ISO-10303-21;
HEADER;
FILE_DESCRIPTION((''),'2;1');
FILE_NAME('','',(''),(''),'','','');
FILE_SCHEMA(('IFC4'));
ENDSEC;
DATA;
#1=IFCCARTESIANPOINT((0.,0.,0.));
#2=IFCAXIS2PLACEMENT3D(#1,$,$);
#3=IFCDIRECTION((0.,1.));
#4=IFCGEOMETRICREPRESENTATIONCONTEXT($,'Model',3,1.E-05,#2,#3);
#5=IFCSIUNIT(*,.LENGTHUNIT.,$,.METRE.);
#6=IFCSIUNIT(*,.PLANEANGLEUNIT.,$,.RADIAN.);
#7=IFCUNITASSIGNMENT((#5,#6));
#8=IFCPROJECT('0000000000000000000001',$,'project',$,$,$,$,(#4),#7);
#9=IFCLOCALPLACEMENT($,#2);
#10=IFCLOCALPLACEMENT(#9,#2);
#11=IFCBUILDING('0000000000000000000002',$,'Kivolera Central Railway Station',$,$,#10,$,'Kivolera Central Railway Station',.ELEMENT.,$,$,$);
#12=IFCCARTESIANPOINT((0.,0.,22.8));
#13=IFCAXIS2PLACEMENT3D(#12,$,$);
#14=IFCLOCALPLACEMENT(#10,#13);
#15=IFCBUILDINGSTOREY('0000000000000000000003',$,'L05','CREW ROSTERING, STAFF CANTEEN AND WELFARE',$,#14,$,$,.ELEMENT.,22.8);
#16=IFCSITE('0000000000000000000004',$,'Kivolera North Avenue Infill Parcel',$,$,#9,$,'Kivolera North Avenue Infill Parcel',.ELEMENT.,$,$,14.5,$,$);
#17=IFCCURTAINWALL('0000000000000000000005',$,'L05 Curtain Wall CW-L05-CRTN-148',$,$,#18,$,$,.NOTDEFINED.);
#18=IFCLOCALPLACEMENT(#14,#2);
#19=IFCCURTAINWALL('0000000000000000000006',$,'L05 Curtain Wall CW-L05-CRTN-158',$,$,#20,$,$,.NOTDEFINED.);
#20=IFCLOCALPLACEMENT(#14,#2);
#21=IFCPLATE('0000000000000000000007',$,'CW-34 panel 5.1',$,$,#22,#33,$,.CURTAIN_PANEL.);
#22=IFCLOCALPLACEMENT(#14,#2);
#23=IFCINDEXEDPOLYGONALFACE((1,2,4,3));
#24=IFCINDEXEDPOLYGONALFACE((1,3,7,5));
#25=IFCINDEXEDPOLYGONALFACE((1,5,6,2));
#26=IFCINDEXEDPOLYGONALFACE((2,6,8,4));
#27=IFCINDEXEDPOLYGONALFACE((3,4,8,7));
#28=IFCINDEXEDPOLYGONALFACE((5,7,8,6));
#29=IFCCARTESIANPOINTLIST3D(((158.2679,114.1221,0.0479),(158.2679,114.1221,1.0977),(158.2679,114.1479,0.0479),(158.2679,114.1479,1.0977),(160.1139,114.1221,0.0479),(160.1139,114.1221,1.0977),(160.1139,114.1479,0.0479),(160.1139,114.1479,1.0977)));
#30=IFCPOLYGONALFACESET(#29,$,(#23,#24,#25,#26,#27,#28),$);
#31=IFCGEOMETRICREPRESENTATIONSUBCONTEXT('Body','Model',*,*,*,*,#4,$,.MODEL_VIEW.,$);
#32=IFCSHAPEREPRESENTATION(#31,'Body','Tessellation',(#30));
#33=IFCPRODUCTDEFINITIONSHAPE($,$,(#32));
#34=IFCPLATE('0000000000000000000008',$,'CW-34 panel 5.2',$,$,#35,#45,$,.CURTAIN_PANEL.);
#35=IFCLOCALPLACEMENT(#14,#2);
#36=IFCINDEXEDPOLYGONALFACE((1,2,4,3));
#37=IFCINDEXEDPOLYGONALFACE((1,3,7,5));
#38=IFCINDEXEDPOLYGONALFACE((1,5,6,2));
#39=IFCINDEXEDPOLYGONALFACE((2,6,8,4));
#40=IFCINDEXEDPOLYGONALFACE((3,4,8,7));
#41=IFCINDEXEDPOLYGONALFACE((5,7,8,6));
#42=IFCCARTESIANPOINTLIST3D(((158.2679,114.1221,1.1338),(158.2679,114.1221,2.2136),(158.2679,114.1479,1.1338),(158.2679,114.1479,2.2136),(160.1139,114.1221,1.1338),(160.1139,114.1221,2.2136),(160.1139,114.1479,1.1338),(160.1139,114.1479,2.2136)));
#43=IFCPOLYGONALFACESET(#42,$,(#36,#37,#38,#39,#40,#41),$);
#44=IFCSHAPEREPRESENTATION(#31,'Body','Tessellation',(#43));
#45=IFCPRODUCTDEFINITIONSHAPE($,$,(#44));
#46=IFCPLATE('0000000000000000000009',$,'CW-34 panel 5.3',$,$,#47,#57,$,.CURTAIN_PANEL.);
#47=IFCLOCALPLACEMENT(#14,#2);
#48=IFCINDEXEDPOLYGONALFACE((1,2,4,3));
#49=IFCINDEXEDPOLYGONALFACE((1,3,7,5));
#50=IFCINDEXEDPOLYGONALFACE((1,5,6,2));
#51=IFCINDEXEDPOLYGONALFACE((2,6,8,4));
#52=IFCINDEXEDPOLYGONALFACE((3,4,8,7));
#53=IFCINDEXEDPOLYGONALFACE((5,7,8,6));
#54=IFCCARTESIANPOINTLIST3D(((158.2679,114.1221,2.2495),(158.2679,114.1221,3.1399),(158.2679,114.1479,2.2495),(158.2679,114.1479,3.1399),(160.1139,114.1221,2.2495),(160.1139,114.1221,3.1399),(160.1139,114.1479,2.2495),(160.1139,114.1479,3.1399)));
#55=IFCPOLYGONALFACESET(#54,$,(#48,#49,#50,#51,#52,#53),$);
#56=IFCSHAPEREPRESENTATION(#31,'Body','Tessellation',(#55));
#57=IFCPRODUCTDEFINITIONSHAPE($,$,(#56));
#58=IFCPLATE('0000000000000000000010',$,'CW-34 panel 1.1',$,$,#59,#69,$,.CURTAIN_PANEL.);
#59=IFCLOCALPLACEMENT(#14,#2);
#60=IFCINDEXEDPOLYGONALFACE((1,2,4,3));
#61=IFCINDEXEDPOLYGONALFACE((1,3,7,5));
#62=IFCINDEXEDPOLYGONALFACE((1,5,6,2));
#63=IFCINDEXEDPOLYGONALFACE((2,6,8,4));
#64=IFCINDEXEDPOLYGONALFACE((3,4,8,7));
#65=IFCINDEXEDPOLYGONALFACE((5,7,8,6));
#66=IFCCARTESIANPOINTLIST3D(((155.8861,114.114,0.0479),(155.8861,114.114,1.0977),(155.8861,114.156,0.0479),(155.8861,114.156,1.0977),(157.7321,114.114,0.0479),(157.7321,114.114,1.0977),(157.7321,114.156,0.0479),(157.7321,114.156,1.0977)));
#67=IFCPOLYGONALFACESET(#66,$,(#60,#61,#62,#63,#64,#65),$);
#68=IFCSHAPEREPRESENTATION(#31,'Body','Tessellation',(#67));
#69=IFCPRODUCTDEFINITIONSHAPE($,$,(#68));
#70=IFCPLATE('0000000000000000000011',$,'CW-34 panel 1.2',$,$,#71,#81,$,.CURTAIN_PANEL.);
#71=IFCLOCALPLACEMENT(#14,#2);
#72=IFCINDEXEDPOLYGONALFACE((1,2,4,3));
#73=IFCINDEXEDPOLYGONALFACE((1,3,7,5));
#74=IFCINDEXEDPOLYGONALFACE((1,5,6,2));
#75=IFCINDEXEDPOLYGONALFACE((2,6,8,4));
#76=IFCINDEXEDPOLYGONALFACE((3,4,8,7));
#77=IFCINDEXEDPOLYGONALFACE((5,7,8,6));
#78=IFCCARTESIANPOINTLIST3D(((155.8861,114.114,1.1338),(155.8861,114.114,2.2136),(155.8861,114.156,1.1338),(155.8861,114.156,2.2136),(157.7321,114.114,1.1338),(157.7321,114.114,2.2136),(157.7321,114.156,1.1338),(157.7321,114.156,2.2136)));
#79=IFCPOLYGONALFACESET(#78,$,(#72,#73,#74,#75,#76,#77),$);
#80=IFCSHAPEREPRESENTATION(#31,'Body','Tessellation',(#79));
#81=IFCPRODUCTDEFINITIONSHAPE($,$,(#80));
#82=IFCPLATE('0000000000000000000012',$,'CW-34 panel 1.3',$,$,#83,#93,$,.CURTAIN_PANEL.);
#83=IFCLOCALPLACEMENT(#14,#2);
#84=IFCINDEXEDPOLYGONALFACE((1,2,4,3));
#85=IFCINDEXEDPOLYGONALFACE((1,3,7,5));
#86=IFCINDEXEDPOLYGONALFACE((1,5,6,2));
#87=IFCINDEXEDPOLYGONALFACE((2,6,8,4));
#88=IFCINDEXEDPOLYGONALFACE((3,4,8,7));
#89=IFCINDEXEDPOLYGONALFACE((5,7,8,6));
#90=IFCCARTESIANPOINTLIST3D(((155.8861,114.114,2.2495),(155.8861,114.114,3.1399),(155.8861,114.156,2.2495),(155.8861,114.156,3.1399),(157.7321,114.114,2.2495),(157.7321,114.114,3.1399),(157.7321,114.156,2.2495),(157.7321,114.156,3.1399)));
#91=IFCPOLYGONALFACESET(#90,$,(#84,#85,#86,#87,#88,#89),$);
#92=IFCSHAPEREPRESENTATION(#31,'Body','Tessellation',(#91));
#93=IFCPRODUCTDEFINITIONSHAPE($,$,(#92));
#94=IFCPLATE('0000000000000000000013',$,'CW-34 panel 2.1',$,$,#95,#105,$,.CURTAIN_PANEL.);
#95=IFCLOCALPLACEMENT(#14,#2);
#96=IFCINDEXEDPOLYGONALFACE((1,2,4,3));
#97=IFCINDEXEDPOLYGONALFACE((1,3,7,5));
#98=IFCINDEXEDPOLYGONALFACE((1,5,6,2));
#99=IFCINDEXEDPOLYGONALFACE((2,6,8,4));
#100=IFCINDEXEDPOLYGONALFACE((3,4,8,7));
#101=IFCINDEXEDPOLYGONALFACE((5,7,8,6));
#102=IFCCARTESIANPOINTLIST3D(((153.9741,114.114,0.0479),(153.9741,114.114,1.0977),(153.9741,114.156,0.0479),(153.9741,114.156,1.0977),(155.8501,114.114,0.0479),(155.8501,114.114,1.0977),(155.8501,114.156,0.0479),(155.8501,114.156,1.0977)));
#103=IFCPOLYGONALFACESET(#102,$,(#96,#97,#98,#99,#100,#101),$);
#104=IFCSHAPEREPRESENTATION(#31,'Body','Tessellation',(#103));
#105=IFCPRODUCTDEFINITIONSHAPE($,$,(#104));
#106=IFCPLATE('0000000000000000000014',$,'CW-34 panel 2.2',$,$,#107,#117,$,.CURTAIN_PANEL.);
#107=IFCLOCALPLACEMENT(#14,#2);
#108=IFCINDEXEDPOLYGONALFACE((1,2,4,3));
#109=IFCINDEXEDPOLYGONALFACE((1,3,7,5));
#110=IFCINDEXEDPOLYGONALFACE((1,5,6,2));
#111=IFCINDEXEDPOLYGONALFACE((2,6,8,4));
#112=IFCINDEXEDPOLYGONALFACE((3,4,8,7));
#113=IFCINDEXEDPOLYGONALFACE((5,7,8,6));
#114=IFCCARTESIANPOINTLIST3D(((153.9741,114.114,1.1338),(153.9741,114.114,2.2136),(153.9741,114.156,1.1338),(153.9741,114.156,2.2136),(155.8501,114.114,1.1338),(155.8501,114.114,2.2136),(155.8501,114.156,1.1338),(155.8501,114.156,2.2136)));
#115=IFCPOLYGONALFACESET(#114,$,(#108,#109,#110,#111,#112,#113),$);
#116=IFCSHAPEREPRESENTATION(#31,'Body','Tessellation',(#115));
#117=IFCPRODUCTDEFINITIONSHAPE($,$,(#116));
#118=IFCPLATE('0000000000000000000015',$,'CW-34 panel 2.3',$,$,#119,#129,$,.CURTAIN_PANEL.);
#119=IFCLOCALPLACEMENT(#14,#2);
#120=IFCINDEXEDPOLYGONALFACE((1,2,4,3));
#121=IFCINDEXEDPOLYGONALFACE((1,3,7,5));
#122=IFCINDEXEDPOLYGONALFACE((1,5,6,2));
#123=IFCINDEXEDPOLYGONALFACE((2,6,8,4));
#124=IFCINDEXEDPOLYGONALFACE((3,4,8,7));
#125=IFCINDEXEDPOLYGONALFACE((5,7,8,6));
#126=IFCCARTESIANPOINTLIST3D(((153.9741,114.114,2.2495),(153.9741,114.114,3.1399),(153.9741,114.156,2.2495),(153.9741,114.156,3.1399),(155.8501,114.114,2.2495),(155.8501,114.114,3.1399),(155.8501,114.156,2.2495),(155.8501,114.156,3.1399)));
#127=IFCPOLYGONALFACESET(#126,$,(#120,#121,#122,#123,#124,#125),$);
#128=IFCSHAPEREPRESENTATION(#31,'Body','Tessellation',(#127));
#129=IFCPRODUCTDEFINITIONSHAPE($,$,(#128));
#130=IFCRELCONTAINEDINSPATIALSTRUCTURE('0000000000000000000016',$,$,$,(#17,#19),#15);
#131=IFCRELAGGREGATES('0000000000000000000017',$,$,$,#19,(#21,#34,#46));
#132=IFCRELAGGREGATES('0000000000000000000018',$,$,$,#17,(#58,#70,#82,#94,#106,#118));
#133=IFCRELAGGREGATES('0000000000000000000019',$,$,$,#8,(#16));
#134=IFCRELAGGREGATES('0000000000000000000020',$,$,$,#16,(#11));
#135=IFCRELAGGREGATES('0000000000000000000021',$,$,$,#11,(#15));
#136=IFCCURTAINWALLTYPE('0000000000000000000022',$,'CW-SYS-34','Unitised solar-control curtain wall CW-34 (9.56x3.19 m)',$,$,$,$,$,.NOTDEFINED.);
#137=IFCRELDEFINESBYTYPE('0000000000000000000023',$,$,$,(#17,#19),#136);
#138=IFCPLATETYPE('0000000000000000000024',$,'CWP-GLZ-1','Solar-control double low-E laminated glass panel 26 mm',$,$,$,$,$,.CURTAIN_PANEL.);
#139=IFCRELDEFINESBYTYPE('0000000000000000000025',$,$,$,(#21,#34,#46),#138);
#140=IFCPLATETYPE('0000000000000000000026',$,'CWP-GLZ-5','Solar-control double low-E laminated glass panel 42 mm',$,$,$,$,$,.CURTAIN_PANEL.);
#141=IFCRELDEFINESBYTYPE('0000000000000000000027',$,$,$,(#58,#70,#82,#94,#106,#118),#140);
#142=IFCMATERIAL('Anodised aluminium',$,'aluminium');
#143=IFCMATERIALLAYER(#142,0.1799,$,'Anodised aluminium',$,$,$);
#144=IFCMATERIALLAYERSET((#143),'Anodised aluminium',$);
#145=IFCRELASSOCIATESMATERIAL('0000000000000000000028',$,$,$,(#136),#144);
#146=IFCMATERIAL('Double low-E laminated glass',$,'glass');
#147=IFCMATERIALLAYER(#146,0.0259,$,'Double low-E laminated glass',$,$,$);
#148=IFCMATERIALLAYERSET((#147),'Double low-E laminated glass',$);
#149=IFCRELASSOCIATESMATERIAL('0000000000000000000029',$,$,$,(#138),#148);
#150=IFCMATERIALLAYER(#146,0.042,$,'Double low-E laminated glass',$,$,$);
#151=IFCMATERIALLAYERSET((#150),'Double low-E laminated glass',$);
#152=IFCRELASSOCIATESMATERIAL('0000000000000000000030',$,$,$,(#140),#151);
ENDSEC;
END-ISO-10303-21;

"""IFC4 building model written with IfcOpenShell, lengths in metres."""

from ifc_helpers import new_model, si_unit, direction, frame, origin, origin_2d, place, context, subcontext, project, spatial, rectangle, extrude, material, layer, layer_set, type_object, element, aggregate, save


model = new_model("IFC4")

# Units and contexts
model_context = context("Model", 3, precision=1e-05, world=origin(), true_north=direction((0.0, 1.0)))
body_context = subcontext(model_context, "Body", "Model", "MODEL_VIEW")
ifc_project = project(units=[si_unit("LENGTHUNIT", "METRE"), si_unit("PLANEANGLEUNIT", "RADIAN")], contexts=[model_context])

# Site, building, storey
site_placement = place(None, origin())
site = spatial("IfcSite", under=ifc_project, at=site_placement, Name="Kivolera North Avenue Infill Parcel", LongName="Kivolera North Avenue Infill Parcel", CompositionType="ELEMENT", RefElevation=14.5)
building_placement = place(site_placement, origin())
building = spatial("IfcBuilding", under=site, at=building_placement, Name="Kivolera Central Railway Station", LongName="Kivolera Central Railway Station", CompositionType="ELEMENT")
storey_placement = place(building_placement, frame((0.0, 0.0, 22.8)))
storey = spatial("IfcBuildingStorey", under=building, at=storey_placement, Name="L05", Description="CREW ROSTERING, STAFF CANTEEN AND WELFARE", CompositionType="ELEMENT", Elevation=22.8)

# Curtain wall
ifc_material_1 = material(Name="Anodised aluminium", Category="aluminium")
ifc_layer_1 = layer(ifc_material_1, 0.1799, Name="Anodised aluminium")
ifc_layer_set_1 = layer_set([ifc_layer_1], Name="Anodised aluminium")
curtain_wall_type = type_object("IfcCurtainWallType", Name="CW-SYS-34", Description="Unitised solar-control curtain wall CW-34 (9.56x3.19 m)", PredefinedType="NOTDEFINED", material=ifc_layer_set_1)
curtain_wall_1_placement = place(storey_placement, origin())
curtain_wall_1 = element("IfcCurtainWall", 1, at=curtain_wall_1_placement, inside=storey, type_object=curtain_wall_type, Name="L05 Curtain Wall CW-L05-CRTN-148", PredefinedType="NOTDEFINED")

# Curtain wall
curtain_wall_2_placement = place(storey_placement, origin())
curtain_wall_2 = element("IfcCurtainWall", 2, at=curtain_wall_2_placement, inside=storey, type_object=curtain_wall_type, Name="L05 Curtain Wall CW-L05-CRTN-158", PredefinedType="NOTDEFINED")

# Plates
ifc_material_2 = material(Name="Double low-E laminated glass", Category="glass")
ifc_layer_2 = layer(ifc_material_2, 0.0259, Name="Double low-E laminated glass")
ifc_layer_set_2 = layer_set([ifc_layer_2], Name="Double low-E laminated glass")
plate_type_1 = type_object("IfcPlateType", Name="CWP-GLZ-1", Description="Solar-control double low-E laminated glass panel 26 mm", PredefinedType="CURTAIN_PANEL", material=ifc_layer_set_2)
plate_1_placement = place(storey_placement, frame((159.1909, 114.135, 0.0479), z_axis=(0.0, 0.0, 1.0), x_axis=(-1.0, 0.0, 0.0)))
plate_1 = element("IfcPlate", 3, at=plate_1_placement, type_object=plate_type_1, Name="CW-34 panel 5.1", PredefinedType="CURTAIN_PANEL", context=body_context, shape_type="SweptSolid", body=[
    extrude(rectangle(XDim=1.8459, YDim=0.0259, at=origin_2d()), origin(), (0.0, 0.0, 1.0), 1.0498),
])
plate_2_placement = place(storey_placement, frame((159.1909, 114.135, 1.1338), z_axis=(0.0, 0.0, 1.0), x_axis=(-1.0, 0.0, 0.0)))
plate_2 = element("IfcPlate", 4, at=plate_2_placement, type_object=plate_type_1, Name="CW-34 panel 5.2", PredefinedType="CURTAIN_PANEL", context=body_context, shape_type="SweptSolid", body=[
    extrude(rectangle(XDim=1.8459, YDim=0.0259, at=origin_2d()), origin(), (0.0, 0.0, 1.0), 1.0798),
])
plate_3_placement = place(storey_placement, frame((159.1909, 114.135, 2.2495), z_axis=(0.0, 0.0, 1.0), x_axis=(-1.0, 0.0, 0.0)))
plate_3 = element("IfcPlate", 5, at=plate_3_placement, type_object=plate_type_1, Name="CW-34 panel 5.3", PredefinedType="CURTAIN_PANEL", context=body_context, shape_type="SweptSolid", body=[
    extrude(rectangle(XDim=1.8459, YDim=0.0259, at=origin_2d()), origin(), (0.0, 0.0, 1.0), 0.8904),
])
aggregate(curtain_wall_2, [plate_1, plate_2, plate_3])
ifc_layer_3 = layer(ifc_material_2, 0.042, Name="Double low-E laminated glass")
ifc_layer_set_3 = layer_set([ifc_layer_3], Name="Double low-E laminated glass")
plate_type_2 = type_object("IfcPlateType", Name="CWP-GLZ-5", Description="Solar-control double low-E laminated glass panel 42 mm", PredefinedType="CURTAIN_PANEL", material=ifc_layer_set_3)
plate_4_placement = place(storey_placement, frame((156.8091, 114.135, 0.0479), z_axis=(0.0, 0.0, 1.0), x_axis=(-1.0, 0.0, 0.0)))
plate_4 = element("IfcPlate", 6, at=plate_4_placement, type_object=plate_type_2, Name="CW-34 panel 1.1", PredefinedType="CURTAIN_PANEL", context=body_context, shape_type="SweptSolid", body=[
    extrude(rectangle(XDim=1.8459, YDim=0.042, at=origin_2d()), origin(), (0.0, 0.0, 1.0), 1.0498),
])
plate_5_placement = place(storey_placement, frame((156.8091, 114.135, 1.1338), z_axis=(0.0, 0.0, 1.0), x_axis=(-1.0, 0.0, 0.0)))
plate_5 = element("IfcPlate", 7, at=plate_5_placement, type_object=plate_type_2, Name="CW-34 panel 1.2", PredefinedType="CURTAIN_PANEL", context=body_context, shape_type="SweptSolid", body=[
    extrude(rectangle(XDim=1.8459, YDim=0.042, at=origin_2d()), origin(), (0.0, 0.0, 1.0), 1.0798),
])
plate_6_placement = place(storey_placement, frame((156.8091, 114.135, 2.2495), z_axis=(0.0, 0.0, 1.0), x_axis=(-1.0, 0.0, 0.0)))
plate_6 = element("IfcPlate", 8, at=plate_6_placement, type_object=plate_type_2, Name="CW-34 panel 1.3", PredefinedType="CURTAIN_PANEL", context=body_context, shape_type="SweptSolid", body=[
    extrude(rectangle(XDim=1.8459, YDim=0.042, at=origin_2d()), origin(), (0.0, 0.0, 1.0), 0.8904),
])
plate_7_placement = place(storey_placement, frame((154.9121, 114.135, 0.0479), z_axis=(0.0, 0.0, 1.0), x_axis=(-1.0, 0.0, 0.0)))
plate_7 = element("IfcPlate", 9, at=plate_7_placement, type_object=plate_type_2, Name="CW-34 panel 2.1", PredefinedType="CURTAIN_PANEL", context=body_context, shape_type="SweptSolid", body=[
    extrude(rectangle(XDim=1.876, YDim=0.042, at=origin_2d()), origin(), (0.0, 0.0, 1.0), 1.0498),
])
plate_8_placement = place(storey_placement, frame((154.9121, 114.135, 1.1338), z_axis=(0.0, 0.0, 1.0), x_axis=(-1.0, 0.0, 0.0)))
plate_8 = element("IfcPlate", 10, at=plate_8_placement, type_object=plate_type_2, Name="CW-34 panel 2.2", PredefinedType="CURTAIN_PANEL", context=body_context, shape_type="SweptSolid", body=[
    extrude(rectangle(XDim=1.876, YDim=0.042, at=origin_2d()), origin(), (0.0, 0.0, 1.0), 1.0798),
])
plate_9_placement = place(storey_placement, frame((154.9121, 114.135, 2.2495), z_axis=(0.0, 0.0, 1.0), x_axis=(-1.0, 0.0, 0.0)))
plate_9 = element("IfcPlate", 11, at=plate_9_placement, type_object=plate_type_2, Name="CW-34 panel 2.3", PredefinedType="CURTAIN_PANEL", context=body_context, shape_type="SweptSolid", body=[
    extrude(rectangle(XDim=1.876, YDim=0.042, at=origin_2d()), origin(), (0.0, 0.0, 1.0), 0.8904),
])
aggregate(curtain_wall_1, [plate_4, plate_5, plate_6, plate_7, plate_8, plate_9])

save(model, "model.ifc")
